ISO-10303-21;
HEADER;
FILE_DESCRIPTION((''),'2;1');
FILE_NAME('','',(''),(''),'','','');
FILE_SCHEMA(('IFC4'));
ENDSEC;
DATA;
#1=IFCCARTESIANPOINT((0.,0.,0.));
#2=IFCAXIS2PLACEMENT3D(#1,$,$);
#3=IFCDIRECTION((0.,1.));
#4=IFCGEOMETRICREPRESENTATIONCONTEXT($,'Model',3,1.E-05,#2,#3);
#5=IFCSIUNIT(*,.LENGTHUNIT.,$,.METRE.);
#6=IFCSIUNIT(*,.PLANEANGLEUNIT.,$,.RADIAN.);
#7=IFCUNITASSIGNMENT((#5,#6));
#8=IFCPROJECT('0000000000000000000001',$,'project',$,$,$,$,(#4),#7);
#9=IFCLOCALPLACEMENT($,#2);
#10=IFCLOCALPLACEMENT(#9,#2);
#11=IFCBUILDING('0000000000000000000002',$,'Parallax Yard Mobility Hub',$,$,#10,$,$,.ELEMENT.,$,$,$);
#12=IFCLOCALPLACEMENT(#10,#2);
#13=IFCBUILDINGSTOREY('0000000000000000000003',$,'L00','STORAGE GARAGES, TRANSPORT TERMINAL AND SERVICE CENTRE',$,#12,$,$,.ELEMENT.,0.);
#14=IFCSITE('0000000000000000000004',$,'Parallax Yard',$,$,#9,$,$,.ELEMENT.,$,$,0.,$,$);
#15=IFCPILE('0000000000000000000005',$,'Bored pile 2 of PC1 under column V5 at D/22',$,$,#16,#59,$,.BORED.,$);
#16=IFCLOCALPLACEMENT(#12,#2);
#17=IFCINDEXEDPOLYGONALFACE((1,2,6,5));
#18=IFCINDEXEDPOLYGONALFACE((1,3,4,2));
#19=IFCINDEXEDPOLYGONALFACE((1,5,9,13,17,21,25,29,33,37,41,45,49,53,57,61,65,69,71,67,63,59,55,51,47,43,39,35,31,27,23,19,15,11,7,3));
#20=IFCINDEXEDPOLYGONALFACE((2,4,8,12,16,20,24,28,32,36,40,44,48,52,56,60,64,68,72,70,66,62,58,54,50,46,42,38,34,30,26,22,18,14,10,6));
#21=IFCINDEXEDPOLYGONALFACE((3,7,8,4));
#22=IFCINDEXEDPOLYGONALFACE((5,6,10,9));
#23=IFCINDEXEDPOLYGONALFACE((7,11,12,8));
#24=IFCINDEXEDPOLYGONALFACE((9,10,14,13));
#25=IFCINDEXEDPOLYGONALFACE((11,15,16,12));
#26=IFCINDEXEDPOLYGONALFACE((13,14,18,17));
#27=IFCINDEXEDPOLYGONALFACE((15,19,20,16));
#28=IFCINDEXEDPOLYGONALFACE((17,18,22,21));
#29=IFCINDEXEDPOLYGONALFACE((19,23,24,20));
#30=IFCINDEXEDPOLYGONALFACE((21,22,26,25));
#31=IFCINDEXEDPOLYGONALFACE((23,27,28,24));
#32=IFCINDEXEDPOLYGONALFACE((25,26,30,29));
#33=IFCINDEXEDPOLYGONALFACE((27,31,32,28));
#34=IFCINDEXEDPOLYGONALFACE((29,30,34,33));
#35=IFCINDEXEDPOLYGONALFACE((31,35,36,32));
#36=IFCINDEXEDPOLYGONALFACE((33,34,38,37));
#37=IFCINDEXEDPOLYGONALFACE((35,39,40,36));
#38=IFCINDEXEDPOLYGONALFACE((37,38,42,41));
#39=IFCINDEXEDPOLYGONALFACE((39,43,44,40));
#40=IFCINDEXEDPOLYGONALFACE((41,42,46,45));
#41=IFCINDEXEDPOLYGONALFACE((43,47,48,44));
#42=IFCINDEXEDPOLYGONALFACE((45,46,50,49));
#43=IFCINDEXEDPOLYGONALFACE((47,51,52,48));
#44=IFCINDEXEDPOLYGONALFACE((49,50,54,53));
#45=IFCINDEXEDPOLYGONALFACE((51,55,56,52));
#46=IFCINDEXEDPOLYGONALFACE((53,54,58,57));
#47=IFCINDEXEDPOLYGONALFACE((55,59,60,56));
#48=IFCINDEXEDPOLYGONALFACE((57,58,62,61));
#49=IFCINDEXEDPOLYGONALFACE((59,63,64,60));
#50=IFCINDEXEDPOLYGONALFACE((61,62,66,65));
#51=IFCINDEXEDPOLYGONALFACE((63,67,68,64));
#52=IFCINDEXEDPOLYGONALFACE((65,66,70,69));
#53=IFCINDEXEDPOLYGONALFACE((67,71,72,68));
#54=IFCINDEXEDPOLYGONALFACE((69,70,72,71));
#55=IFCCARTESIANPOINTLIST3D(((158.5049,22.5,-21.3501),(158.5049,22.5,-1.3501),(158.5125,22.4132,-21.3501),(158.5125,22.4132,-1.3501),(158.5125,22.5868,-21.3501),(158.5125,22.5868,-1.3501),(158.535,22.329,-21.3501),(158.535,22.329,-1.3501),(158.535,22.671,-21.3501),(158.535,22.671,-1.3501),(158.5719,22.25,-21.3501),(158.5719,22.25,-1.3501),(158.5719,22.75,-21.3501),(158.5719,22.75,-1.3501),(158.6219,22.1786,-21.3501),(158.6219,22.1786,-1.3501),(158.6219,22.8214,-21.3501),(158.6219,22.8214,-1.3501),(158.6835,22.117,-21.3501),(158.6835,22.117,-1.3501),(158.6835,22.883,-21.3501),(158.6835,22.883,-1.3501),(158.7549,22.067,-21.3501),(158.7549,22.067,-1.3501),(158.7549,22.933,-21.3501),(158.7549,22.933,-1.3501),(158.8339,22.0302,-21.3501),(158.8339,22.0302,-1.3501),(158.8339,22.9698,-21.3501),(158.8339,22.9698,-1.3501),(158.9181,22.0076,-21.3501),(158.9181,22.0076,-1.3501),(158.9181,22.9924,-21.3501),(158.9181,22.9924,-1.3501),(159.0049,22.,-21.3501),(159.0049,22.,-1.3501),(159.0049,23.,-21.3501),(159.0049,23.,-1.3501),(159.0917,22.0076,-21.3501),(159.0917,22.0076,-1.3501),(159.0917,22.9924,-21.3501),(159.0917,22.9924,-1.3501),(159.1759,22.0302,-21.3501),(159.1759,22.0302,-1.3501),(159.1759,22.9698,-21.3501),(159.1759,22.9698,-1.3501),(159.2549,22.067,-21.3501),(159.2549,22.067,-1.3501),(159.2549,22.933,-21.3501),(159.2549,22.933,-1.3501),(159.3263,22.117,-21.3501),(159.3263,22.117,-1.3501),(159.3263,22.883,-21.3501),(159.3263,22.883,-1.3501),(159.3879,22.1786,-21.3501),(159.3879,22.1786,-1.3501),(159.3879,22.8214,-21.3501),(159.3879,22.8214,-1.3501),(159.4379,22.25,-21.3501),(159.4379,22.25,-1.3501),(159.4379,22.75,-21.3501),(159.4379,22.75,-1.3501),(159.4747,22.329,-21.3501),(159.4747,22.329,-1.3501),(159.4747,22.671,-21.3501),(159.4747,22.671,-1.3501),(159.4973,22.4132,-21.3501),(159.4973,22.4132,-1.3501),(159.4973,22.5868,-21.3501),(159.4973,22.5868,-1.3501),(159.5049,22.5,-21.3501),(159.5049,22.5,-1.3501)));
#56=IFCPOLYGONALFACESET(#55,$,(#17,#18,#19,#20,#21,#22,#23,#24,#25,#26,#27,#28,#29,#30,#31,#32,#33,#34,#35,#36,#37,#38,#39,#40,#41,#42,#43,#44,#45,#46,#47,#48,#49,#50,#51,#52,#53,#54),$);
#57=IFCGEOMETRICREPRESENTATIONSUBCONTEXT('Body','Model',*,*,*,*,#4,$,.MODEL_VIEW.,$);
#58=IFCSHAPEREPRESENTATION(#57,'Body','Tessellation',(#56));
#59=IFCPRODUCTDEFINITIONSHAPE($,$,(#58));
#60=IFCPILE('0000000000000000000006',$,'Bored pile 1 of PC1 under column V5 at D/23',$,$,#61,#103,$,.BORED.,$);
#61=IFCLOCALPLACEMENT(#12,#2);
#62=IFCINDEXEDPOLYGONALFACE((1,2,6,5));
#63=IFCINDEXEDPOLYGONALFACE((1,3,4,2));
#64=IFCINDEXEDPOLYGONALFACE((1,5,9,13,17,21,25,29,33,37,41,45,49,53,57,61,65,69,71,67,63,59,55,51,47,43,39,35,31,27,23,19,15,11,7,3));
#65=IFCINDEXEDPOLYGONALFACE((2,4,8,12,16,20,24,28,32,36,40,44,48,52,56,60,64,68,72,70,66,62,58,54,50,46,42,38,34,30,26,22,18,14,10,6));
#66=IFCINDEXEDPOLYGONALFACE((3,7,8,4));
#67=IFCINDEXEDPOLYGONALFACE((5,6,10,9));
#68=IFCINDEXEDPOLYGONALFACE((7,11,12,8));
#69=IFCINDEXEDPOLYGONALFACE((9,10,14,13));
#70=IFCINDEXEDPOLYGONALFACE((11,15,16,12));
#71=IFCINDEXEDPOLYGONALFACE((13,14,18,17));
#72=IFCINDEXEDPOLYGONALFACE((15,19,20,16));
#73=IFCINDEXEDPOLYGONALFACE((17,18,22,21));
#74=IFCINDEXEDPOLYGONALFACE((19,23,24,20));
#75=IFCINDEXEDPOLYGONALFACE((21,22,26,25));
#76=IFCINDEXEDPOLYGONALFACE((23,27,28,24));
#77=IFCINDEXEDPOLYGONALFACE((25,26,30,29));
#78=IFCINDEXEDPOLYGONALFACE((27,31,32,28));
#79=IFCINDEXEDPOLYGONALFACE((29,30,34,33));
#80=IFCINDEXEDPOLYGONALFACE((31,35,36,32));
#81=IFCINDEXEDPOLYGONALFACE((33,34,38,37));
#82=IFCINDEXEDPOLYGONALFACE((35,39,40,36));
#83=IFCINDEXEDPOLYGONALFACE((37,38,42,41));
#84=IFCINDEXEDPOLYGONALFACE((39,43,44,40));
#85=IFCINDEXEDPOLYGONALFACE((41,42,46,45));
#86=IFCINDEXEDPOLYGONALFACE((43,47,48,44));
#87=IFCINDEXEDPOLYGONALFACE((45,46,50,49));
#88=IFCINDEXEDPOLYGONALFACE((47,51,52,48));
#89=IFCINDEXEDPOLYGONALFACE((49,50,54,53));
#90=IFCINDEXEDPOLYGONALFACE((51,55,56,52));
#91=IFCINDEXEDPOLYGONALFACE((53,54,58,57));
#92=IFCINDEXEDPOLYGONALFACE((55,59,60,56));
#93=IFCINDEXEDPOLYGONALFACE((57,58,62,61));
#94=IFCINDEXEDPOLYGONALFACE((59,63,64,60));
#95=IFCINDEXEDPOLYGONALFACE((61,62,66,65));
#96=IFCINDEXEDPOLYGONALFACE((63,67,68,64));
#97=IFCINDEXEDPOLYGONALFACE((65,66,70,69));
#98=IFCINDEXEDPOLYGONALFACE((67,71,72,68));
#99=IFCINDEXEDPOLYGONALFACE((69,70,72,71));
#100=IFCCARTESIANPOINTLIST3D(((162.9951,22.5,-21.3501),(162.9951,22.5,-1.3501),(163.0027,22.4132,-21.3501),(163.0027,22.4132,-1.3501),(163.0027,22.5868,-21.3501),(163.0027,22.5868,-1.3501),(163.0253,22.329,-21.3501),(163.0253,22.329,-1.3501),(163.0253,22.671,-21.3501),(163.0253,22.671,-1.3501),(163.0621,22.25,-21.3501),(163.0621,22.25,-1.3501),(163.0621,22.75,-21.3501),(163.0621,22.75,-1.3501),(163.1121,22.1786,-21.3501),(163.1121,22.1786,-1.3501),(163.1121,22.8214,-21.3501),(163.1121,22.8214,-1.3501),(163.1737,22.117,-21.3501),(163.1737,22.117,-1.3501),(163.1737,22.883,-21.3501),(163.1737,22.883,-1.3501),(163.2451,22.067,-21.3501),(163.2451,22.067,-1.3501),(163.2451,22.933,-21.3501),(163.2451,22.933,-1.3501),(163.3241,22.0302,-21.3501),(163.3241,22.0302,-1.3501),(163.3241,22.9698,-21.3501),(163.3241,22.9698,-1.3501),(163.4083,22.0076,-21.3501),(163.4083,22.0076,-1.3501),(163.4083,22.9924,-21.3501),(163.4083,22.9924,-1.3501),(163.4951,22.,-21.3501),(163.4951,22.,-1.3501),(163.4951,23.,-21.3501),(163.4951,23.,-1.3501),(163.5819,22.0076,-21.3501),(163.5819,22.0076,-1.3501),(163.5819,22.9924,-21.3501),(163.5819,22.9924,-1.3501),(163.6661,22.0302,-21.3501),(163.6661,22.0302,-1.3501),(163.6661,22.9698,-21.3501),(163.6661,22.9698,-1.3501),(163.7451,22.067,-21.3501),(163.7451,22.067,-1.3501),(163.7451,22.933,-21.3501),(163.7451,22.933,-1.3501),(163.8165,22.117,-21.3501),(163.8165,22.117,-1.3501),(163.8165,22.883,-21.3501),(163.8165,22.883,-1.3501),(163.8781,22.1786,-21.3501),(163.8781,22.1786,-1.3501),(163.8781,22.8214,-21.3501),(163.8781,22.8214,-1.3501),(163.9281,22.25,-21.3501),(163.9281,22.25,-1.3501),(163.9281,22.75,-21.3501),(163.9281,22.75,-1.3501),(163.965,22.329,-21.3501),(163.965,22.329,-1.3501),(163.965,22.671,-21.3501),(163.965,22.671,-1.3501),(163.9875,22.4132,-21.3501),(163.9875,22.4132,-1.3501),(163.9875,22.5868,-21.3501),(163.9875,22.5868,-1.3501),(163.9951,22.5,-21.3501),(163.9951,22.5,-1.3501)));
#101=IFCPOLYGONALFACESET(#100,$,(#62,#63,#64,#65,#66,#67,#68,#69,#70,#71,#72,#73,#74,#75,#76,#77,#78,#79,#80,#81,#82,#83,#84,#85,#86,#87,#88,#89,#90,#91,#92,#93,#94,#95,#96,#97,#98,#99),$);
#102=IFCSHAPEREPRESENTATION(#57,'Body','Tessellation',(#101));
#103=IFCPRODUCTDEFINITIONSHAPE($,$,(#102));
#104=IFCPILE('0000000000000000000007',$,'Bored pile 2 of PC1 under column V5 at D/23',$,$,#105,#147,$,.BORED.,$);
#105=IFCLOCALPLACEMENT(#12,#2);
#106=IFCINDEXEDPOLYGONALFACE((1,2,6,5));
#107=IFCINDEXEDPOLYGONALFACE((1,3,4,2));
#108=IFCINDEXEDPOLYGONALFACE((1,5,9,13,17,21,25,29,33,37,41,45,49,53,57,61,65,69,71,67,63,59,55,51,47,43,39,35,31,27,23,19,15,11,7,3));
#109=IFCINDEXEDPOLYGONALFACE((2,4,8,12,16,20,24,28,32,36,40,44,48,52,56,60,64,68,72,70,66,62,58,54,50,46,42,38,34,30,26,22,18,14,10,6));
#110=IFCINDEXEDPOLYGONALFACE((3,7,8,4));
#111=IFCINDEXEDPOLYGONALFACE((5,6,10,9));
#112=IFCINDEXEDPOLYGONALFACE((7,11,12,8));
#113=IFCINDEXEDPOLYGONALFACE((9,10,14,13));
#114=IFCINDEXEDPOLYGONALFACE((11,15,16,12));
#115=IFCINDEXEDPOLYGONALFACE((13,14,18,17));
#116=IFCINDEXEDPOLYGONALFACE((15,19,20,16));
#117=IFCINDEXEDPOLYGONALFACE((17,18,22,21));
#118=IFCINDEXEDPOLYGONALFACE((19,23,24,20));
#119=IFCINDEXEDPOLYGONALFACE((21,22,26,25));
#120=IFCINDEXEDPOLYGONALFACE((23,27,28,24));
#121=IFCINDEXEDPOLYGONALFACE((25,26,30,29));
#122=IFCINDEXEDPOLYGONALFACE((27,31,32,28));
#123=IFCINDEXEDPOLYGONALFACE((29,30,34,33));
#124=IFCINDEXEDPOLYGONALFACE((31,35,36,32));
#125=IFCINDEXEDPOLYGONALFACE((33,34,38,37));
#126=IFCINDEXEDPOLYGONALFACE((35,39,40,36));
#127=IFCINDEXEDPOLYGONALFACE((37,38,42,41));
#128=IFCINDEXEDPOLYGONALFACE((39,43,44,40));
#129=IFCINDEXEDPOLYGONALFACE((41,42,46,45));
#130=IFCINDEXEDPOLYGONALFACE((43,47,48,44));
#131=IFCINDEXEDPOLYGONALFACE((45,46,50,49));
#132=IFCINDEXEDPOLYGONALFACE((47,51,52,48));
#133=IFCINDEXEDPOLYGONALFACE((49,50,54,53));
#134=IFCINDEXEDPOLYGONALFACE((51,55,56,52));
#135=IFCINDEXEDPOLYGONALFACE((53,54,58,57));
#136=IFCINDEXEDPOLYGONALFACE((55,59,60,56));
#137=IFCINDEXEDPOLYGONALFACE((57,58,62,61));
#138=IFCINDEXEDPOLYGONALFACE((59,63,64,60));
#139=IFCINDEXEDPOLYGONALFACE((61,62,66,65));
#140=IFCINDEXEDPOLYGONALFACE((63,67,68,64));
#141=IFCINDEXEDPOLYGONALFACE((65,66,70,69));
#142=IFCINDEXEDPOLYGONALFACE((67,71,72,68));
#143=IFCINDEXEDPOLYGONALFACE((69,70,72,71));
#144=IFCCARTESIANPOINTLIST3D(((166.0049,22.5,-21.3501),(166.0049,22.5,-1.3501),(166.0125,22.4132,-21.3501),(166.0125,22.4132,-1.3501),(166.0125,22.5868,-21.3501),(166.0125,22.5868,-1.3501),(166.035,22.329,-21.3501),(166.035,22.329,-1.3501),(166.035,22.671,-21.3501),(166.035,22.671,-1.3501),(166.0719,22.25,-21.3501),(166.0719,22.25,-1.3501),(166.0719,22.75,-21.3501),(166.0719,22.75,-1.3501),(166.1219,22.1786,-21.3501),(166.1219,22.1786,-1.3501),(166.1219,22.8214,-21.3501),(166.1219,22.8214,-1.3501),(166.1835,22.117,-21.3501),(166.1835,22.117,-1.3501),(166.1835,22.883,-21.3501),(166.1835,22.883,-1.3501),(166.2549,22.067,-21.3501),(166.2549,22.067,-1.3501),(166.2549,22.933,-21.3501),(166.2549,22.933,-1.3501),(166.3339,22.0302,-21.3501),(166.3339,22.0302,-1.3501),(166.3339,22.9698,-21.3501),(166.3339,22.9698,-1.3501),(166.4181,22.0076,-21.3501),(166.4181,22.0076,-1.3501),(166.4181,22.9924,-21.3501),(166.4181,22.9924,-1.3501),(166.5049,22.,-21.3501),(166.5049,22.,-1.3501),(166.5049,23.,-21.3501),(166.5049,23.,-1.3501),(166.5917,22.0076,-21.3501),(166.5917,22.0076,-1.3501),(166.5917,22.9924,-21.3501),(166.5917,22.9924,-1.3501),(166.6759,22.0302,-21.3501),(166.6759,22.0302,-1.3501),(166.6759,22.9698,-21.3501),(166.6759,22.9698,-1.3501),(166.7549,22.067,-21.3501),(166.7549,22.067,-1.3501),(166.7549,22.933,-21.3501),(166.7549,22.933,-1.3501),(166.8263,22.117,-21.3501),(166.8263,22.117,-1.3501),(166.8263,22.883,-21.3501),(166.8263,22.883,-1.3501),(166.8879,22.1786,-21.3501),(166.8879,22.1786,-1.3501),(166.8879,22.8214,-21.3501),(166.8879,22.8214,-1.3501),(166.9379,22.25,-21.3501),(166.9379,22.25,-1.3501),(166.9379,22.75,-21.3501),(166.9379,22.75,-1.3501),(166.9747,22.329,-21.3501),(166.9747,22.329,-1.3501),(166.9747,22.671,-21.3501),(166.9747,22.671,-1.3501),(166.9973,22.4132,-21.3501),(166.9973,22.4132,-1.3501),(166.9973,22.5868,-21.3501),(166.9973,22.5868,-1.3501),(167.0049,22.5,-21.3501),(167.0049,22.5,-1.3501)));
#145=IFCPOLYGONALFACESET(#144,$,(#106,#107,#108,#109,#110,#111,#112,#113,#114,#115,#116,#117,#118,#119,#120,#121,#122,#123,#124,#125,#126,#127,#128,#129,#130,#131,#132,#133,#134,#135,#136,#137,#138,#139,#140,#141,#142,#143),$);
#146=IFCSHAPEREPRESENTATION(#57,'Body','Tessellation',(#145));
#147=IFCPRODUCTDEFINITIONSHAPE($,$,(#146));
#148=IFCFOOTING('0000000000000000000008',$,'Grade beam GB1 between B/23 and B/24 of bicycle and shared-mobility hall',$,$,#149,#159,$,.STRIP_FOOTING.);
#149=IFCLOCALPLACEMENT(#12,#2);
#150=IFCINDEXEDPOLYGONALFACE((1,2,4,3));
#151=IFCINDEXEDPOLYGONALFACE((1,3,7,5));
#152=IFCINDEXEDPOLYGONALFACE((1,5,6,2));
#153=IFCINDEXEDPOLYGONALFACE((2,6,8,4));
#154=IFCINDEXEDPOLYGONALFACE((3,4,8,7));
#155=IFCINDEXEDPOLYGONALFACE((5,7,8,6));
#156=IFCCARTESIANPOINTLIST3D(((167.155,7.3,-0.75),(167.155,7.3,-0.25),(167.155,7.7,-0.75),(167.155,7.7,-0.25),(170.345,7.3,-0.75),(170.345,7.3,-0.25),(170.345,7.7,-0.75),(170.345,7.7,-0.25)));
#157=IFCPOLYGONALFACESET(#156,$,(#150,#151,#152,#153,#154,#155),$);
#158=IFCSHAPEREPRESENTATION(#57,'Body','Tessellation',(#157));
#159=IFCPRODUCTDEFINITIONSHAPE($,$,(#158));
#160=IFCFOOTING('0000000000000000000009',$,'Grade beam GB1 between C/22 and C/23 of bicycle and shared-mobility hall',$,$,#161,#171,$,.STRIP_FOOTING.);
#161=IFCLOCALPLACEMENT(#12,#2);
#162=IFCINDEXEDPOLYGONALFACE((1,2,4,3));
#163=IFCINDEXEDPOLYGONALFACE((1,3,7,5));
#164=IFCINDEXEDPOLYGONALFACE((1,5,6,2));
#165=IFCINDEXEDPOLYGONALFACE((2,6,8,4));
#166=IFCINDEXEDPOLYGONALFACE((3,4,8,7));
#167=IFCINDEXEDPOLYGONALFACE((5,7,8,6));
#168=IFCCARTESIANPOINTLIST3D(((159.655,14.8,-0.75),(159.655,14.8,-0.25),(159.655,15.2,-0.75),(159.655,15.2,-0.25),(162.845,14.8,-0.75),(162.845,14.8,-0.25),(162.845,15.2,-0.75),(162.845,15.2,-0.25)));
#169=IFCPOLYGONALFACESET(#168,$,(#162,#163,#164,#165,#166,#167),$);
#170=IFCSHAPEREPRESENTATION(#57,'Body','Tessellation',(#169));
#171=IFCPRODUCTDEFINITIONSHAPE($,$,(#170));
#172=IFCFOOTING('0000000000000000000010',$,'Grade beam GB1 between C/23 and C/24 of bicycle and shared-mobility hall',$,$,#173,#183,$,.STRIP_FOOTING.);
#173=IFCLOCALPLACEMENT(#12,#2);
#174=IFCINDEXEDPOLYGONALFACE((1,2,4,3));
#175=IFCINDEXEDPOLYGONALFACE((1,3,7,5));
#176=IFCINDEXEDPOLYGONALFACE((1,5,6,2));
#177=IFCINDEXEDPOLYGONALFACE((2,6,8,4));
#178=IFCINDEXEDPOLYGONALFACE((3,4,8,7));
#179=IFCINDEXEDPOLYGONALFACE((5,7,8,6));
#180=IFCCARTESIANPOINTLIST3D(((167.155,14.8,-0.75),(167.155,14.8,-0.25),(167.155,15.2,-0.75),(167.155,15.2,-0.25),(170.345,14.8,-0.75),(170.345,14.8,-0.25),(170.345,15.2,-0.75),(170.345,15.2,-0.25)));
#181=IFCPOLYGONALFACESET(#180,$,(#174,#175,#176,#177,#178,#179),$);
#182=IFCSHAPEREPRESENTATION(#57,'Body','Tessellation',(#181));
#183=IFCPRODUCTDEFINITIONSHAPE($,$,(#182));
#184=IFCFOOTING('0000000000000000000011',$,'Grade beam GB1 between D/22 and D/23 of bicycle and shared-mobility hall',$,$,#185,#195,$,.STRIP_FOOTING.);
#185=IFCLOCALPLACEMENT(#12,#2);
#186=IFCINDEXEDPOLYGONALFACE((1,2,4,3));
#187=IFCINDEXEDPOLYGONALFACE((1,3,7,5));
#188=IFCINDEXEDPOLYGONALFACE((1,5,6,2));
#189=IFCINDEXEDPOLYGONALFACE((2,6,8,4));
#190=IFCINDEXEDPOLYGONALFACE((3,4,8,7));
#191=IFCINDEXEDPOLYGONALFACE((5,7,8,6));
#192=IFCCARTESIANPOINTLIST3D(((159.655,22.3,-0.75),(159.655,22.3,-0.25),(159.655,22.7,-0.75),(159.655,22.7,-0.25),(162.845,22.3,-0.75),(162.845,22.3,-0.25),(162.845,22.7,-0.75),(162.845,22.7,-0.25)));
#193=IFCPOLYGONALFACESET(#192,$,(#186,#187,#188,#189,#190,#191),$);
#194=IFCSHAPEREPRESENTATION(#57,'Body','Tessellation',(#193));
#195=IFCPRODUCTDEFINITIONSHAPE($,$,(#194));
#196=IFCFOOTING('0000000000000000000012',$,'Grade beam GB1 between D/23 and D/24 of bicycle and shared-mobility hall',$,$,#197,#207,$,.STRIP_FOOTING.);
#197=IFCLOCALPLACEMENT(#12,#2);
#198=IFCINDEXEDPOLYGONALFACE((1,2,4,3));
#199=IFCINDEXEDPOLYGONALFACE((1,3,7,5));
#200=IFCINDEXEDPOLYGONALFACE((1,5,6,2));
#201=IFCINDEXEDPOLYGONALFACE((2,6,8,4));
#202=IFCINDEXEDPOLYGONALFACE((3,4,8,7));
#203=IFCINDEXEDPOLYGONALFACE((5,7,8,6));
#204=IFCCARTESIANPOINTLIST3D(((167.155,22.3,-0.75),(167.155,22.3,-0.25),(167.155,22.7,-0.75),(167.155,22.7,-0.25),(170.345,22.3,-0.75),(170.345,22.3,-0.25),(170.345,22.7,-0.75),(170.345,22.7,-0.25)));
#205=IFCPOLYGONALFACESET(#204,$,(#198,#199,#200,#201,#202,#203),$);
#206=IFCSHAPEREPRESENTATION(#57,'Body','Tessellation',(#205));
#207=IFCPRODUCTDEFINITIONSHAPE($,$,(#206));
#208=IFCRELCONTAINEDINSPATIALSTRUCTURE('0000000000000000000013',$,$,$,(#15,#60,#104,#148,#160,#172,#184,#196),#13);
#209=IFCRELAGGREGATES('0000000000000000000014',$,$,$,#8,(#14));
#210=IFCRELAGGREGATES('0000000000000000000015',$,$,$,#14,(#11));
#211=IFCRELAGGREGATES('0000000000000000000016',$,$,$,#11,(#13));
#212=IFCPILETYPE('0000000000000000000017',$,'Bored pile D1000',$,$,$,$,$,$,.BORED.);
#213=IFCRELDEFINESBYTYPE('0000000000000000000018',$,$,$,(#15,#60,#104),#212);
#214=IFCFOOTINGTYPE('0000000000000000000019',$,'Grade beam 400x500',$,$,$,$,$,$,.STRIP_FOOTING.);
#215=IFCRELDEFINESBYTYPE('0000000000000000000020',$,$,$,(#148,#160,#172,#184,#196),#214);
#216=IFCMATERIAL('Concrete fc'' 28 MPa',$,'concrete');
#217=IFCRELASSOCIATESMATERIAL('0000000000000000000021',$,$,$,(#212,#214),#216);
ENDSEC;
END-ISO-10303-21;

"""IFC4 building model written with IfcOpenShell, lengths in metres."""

from ifc_helpers import new_model, si_unit, direction, frame, origin, origin_2d, place, context, subcontext, project, spatial, rectangle, circle, extrude, material, material_profile, profile_set, type_object, element, save


model = new_model("IFC4")

# Units and contexts
model_context = context("Model", 3, precision=1e-05, world=origin(), true_north=direction((0.0, 1.0)))
body_context = subcontext(model_context, "Body", "Model", "MODEL_VIEW")
ifc_project = project(units=[si_unit("LENGTHUNIT", "METRE"), si_unit("PLANEANGLEUNIT", "RADIAN")], contexts=[model_context])

# Site, building, storey
site_placement = place(None, origin())
site = spatial("IfcSite", under=ifc_project, at=site_placement, Name="Parallax Yard", CompositionType="ELEMENT", RefElevation=0.0)
building_placement = place(site_placement, origin())
building = spatial("IfcBuilding", under=site, at=building_placement, Name="Parallax Yard Mobility Hub", CompositionType="ELEMENT")
storey_placement = place(building_placement, origin())
storey = spatial("IfcBuildingStorey", under=building, at=storey_placement, Name="L00", Description="STORAGE GARAGES, TRANSPORT TERMINAL AND SERVICE CENTRE", CompositionType="ELEMENT", Elevation=0.0)

# Piles
ifc_material_1 = material(Name="Concrete fc' 28 MPa", Category="concrete")
ifc_material_profile_1 = material_profile(ifc_material_1, circle(Radius=0.5, at=origin_2d()), Name="Bored pile D1000")
ifc_profile_set_1 = profile_set([ifc_material_profile_1], Name="Concrete fc' 28 MPa")
pile_type = type_object("IfcPileType", Name="Bored pile D1000", PredefinedType="BORED", material=ifc_profile_set_1)
for number, where, z_axis, x_axis, name in (
    (1, (159.0049, 22.5, -1.3501), (0.0, 0.0, -1.0), (1.0, 0.0, 0.0), "Bored pile 2 of PC1 under column V5 at D/22"),
    (2, (163.4951, 22.5, -1.3501), (0.0, 0.0, -1.0), (1.0, 0.0, 0.0), "Bored pile 1 of PC1 under column V5 at D/23"),
    (3, (166.5049, 22.5, -1.3501), (0.0, 0.0, -1.0), (1.0, 0.0, 0.0), "Bored pile 2 of PC1 under column V5 at D/23"),
):
    element("IfcPile", number, at=place(storey_placement, frame(where, z_axis=z_axis, x_axis=x_axis)), inside=storey, type_object=pile_type, Name=name, PredefinedType="BORED", context=body_context, shape_type="SweptSolid", body=[
        extrude(circle(Radius=0.5, at=origin_2d()), origin(), (0.0, 0.0, 1.0), 20.0),
    ])

# Footings
ifc_material_profile_2 = material_profile(ifc_material_1, rectangle(XDim=0.3999, YDim=0.5, at=origin_2d()), Name="Grade beam 400x500")
ifc_profile_set_2 = profile_set([ifc_material_profile_2], Name="Concrete fc' 28 MPa")
footing_type_1 = type_object("IfcFootingType", Name="Grade beam 400x500", PredefinedType="STRIP_FOOTING", material=ifc_profile_set_2)
for number, where, z_axis, x_axis, name in (
    (4, (167.155, 7.5, -0.5), (1.0, 0.0, 0.0), (0.0, 1.0, 0.0), "Grade beam GB1 between B/23 and B/24 of bicycle and shared-mobility hall"),
    (5, (159.655, 15.0, -0.5), (1.0, 0.0, 0.0), (0.0, 1.0, 0.0), "Grade beam GB1 between C/22 and C/23 of bicycle and shared-mobility hall"),
    (6, (167.155, 15.0, -0.5), (1.0, 0.0, 0.0), (0.0, 1.0, 0.0), "Grade beam GB1 between C/23 and C/24 of bicycle and shared-mobility hall"),
    (7, (159.655, 22.5, -0.5), (1.0, 0.0, 0.0), (0.0, 1.0, 0.0), "Grade beam GB1 between D/22 and D/23 of bicycle and shared-mobility hall"),
    (8, (167.155, 22.5, -0.5), (1.0, 0.0, 0.0), (0.0, 1.0, 0.0), "Grade beam GB1 between D/23 and D/24 of bicycle and shared-mobility hall"),
):
    element("IfcFooting", number, at=place(storey_placement, frame(where, z_axis=z_axis, x_axis=x_axis)), inside=storey, type_object=footing_type_1, Name=name, PredefinedType="STRIP_FOOTING", context=body_context, shape_type="SweptSolid", body=[
        extrude(rectangle(XDim=0.3999, YDim=0.5, at=origin_2d()), origin(), (0.0, 0.0, 1.0), 3.1899),
    ])

save(model, "model.ifc")
